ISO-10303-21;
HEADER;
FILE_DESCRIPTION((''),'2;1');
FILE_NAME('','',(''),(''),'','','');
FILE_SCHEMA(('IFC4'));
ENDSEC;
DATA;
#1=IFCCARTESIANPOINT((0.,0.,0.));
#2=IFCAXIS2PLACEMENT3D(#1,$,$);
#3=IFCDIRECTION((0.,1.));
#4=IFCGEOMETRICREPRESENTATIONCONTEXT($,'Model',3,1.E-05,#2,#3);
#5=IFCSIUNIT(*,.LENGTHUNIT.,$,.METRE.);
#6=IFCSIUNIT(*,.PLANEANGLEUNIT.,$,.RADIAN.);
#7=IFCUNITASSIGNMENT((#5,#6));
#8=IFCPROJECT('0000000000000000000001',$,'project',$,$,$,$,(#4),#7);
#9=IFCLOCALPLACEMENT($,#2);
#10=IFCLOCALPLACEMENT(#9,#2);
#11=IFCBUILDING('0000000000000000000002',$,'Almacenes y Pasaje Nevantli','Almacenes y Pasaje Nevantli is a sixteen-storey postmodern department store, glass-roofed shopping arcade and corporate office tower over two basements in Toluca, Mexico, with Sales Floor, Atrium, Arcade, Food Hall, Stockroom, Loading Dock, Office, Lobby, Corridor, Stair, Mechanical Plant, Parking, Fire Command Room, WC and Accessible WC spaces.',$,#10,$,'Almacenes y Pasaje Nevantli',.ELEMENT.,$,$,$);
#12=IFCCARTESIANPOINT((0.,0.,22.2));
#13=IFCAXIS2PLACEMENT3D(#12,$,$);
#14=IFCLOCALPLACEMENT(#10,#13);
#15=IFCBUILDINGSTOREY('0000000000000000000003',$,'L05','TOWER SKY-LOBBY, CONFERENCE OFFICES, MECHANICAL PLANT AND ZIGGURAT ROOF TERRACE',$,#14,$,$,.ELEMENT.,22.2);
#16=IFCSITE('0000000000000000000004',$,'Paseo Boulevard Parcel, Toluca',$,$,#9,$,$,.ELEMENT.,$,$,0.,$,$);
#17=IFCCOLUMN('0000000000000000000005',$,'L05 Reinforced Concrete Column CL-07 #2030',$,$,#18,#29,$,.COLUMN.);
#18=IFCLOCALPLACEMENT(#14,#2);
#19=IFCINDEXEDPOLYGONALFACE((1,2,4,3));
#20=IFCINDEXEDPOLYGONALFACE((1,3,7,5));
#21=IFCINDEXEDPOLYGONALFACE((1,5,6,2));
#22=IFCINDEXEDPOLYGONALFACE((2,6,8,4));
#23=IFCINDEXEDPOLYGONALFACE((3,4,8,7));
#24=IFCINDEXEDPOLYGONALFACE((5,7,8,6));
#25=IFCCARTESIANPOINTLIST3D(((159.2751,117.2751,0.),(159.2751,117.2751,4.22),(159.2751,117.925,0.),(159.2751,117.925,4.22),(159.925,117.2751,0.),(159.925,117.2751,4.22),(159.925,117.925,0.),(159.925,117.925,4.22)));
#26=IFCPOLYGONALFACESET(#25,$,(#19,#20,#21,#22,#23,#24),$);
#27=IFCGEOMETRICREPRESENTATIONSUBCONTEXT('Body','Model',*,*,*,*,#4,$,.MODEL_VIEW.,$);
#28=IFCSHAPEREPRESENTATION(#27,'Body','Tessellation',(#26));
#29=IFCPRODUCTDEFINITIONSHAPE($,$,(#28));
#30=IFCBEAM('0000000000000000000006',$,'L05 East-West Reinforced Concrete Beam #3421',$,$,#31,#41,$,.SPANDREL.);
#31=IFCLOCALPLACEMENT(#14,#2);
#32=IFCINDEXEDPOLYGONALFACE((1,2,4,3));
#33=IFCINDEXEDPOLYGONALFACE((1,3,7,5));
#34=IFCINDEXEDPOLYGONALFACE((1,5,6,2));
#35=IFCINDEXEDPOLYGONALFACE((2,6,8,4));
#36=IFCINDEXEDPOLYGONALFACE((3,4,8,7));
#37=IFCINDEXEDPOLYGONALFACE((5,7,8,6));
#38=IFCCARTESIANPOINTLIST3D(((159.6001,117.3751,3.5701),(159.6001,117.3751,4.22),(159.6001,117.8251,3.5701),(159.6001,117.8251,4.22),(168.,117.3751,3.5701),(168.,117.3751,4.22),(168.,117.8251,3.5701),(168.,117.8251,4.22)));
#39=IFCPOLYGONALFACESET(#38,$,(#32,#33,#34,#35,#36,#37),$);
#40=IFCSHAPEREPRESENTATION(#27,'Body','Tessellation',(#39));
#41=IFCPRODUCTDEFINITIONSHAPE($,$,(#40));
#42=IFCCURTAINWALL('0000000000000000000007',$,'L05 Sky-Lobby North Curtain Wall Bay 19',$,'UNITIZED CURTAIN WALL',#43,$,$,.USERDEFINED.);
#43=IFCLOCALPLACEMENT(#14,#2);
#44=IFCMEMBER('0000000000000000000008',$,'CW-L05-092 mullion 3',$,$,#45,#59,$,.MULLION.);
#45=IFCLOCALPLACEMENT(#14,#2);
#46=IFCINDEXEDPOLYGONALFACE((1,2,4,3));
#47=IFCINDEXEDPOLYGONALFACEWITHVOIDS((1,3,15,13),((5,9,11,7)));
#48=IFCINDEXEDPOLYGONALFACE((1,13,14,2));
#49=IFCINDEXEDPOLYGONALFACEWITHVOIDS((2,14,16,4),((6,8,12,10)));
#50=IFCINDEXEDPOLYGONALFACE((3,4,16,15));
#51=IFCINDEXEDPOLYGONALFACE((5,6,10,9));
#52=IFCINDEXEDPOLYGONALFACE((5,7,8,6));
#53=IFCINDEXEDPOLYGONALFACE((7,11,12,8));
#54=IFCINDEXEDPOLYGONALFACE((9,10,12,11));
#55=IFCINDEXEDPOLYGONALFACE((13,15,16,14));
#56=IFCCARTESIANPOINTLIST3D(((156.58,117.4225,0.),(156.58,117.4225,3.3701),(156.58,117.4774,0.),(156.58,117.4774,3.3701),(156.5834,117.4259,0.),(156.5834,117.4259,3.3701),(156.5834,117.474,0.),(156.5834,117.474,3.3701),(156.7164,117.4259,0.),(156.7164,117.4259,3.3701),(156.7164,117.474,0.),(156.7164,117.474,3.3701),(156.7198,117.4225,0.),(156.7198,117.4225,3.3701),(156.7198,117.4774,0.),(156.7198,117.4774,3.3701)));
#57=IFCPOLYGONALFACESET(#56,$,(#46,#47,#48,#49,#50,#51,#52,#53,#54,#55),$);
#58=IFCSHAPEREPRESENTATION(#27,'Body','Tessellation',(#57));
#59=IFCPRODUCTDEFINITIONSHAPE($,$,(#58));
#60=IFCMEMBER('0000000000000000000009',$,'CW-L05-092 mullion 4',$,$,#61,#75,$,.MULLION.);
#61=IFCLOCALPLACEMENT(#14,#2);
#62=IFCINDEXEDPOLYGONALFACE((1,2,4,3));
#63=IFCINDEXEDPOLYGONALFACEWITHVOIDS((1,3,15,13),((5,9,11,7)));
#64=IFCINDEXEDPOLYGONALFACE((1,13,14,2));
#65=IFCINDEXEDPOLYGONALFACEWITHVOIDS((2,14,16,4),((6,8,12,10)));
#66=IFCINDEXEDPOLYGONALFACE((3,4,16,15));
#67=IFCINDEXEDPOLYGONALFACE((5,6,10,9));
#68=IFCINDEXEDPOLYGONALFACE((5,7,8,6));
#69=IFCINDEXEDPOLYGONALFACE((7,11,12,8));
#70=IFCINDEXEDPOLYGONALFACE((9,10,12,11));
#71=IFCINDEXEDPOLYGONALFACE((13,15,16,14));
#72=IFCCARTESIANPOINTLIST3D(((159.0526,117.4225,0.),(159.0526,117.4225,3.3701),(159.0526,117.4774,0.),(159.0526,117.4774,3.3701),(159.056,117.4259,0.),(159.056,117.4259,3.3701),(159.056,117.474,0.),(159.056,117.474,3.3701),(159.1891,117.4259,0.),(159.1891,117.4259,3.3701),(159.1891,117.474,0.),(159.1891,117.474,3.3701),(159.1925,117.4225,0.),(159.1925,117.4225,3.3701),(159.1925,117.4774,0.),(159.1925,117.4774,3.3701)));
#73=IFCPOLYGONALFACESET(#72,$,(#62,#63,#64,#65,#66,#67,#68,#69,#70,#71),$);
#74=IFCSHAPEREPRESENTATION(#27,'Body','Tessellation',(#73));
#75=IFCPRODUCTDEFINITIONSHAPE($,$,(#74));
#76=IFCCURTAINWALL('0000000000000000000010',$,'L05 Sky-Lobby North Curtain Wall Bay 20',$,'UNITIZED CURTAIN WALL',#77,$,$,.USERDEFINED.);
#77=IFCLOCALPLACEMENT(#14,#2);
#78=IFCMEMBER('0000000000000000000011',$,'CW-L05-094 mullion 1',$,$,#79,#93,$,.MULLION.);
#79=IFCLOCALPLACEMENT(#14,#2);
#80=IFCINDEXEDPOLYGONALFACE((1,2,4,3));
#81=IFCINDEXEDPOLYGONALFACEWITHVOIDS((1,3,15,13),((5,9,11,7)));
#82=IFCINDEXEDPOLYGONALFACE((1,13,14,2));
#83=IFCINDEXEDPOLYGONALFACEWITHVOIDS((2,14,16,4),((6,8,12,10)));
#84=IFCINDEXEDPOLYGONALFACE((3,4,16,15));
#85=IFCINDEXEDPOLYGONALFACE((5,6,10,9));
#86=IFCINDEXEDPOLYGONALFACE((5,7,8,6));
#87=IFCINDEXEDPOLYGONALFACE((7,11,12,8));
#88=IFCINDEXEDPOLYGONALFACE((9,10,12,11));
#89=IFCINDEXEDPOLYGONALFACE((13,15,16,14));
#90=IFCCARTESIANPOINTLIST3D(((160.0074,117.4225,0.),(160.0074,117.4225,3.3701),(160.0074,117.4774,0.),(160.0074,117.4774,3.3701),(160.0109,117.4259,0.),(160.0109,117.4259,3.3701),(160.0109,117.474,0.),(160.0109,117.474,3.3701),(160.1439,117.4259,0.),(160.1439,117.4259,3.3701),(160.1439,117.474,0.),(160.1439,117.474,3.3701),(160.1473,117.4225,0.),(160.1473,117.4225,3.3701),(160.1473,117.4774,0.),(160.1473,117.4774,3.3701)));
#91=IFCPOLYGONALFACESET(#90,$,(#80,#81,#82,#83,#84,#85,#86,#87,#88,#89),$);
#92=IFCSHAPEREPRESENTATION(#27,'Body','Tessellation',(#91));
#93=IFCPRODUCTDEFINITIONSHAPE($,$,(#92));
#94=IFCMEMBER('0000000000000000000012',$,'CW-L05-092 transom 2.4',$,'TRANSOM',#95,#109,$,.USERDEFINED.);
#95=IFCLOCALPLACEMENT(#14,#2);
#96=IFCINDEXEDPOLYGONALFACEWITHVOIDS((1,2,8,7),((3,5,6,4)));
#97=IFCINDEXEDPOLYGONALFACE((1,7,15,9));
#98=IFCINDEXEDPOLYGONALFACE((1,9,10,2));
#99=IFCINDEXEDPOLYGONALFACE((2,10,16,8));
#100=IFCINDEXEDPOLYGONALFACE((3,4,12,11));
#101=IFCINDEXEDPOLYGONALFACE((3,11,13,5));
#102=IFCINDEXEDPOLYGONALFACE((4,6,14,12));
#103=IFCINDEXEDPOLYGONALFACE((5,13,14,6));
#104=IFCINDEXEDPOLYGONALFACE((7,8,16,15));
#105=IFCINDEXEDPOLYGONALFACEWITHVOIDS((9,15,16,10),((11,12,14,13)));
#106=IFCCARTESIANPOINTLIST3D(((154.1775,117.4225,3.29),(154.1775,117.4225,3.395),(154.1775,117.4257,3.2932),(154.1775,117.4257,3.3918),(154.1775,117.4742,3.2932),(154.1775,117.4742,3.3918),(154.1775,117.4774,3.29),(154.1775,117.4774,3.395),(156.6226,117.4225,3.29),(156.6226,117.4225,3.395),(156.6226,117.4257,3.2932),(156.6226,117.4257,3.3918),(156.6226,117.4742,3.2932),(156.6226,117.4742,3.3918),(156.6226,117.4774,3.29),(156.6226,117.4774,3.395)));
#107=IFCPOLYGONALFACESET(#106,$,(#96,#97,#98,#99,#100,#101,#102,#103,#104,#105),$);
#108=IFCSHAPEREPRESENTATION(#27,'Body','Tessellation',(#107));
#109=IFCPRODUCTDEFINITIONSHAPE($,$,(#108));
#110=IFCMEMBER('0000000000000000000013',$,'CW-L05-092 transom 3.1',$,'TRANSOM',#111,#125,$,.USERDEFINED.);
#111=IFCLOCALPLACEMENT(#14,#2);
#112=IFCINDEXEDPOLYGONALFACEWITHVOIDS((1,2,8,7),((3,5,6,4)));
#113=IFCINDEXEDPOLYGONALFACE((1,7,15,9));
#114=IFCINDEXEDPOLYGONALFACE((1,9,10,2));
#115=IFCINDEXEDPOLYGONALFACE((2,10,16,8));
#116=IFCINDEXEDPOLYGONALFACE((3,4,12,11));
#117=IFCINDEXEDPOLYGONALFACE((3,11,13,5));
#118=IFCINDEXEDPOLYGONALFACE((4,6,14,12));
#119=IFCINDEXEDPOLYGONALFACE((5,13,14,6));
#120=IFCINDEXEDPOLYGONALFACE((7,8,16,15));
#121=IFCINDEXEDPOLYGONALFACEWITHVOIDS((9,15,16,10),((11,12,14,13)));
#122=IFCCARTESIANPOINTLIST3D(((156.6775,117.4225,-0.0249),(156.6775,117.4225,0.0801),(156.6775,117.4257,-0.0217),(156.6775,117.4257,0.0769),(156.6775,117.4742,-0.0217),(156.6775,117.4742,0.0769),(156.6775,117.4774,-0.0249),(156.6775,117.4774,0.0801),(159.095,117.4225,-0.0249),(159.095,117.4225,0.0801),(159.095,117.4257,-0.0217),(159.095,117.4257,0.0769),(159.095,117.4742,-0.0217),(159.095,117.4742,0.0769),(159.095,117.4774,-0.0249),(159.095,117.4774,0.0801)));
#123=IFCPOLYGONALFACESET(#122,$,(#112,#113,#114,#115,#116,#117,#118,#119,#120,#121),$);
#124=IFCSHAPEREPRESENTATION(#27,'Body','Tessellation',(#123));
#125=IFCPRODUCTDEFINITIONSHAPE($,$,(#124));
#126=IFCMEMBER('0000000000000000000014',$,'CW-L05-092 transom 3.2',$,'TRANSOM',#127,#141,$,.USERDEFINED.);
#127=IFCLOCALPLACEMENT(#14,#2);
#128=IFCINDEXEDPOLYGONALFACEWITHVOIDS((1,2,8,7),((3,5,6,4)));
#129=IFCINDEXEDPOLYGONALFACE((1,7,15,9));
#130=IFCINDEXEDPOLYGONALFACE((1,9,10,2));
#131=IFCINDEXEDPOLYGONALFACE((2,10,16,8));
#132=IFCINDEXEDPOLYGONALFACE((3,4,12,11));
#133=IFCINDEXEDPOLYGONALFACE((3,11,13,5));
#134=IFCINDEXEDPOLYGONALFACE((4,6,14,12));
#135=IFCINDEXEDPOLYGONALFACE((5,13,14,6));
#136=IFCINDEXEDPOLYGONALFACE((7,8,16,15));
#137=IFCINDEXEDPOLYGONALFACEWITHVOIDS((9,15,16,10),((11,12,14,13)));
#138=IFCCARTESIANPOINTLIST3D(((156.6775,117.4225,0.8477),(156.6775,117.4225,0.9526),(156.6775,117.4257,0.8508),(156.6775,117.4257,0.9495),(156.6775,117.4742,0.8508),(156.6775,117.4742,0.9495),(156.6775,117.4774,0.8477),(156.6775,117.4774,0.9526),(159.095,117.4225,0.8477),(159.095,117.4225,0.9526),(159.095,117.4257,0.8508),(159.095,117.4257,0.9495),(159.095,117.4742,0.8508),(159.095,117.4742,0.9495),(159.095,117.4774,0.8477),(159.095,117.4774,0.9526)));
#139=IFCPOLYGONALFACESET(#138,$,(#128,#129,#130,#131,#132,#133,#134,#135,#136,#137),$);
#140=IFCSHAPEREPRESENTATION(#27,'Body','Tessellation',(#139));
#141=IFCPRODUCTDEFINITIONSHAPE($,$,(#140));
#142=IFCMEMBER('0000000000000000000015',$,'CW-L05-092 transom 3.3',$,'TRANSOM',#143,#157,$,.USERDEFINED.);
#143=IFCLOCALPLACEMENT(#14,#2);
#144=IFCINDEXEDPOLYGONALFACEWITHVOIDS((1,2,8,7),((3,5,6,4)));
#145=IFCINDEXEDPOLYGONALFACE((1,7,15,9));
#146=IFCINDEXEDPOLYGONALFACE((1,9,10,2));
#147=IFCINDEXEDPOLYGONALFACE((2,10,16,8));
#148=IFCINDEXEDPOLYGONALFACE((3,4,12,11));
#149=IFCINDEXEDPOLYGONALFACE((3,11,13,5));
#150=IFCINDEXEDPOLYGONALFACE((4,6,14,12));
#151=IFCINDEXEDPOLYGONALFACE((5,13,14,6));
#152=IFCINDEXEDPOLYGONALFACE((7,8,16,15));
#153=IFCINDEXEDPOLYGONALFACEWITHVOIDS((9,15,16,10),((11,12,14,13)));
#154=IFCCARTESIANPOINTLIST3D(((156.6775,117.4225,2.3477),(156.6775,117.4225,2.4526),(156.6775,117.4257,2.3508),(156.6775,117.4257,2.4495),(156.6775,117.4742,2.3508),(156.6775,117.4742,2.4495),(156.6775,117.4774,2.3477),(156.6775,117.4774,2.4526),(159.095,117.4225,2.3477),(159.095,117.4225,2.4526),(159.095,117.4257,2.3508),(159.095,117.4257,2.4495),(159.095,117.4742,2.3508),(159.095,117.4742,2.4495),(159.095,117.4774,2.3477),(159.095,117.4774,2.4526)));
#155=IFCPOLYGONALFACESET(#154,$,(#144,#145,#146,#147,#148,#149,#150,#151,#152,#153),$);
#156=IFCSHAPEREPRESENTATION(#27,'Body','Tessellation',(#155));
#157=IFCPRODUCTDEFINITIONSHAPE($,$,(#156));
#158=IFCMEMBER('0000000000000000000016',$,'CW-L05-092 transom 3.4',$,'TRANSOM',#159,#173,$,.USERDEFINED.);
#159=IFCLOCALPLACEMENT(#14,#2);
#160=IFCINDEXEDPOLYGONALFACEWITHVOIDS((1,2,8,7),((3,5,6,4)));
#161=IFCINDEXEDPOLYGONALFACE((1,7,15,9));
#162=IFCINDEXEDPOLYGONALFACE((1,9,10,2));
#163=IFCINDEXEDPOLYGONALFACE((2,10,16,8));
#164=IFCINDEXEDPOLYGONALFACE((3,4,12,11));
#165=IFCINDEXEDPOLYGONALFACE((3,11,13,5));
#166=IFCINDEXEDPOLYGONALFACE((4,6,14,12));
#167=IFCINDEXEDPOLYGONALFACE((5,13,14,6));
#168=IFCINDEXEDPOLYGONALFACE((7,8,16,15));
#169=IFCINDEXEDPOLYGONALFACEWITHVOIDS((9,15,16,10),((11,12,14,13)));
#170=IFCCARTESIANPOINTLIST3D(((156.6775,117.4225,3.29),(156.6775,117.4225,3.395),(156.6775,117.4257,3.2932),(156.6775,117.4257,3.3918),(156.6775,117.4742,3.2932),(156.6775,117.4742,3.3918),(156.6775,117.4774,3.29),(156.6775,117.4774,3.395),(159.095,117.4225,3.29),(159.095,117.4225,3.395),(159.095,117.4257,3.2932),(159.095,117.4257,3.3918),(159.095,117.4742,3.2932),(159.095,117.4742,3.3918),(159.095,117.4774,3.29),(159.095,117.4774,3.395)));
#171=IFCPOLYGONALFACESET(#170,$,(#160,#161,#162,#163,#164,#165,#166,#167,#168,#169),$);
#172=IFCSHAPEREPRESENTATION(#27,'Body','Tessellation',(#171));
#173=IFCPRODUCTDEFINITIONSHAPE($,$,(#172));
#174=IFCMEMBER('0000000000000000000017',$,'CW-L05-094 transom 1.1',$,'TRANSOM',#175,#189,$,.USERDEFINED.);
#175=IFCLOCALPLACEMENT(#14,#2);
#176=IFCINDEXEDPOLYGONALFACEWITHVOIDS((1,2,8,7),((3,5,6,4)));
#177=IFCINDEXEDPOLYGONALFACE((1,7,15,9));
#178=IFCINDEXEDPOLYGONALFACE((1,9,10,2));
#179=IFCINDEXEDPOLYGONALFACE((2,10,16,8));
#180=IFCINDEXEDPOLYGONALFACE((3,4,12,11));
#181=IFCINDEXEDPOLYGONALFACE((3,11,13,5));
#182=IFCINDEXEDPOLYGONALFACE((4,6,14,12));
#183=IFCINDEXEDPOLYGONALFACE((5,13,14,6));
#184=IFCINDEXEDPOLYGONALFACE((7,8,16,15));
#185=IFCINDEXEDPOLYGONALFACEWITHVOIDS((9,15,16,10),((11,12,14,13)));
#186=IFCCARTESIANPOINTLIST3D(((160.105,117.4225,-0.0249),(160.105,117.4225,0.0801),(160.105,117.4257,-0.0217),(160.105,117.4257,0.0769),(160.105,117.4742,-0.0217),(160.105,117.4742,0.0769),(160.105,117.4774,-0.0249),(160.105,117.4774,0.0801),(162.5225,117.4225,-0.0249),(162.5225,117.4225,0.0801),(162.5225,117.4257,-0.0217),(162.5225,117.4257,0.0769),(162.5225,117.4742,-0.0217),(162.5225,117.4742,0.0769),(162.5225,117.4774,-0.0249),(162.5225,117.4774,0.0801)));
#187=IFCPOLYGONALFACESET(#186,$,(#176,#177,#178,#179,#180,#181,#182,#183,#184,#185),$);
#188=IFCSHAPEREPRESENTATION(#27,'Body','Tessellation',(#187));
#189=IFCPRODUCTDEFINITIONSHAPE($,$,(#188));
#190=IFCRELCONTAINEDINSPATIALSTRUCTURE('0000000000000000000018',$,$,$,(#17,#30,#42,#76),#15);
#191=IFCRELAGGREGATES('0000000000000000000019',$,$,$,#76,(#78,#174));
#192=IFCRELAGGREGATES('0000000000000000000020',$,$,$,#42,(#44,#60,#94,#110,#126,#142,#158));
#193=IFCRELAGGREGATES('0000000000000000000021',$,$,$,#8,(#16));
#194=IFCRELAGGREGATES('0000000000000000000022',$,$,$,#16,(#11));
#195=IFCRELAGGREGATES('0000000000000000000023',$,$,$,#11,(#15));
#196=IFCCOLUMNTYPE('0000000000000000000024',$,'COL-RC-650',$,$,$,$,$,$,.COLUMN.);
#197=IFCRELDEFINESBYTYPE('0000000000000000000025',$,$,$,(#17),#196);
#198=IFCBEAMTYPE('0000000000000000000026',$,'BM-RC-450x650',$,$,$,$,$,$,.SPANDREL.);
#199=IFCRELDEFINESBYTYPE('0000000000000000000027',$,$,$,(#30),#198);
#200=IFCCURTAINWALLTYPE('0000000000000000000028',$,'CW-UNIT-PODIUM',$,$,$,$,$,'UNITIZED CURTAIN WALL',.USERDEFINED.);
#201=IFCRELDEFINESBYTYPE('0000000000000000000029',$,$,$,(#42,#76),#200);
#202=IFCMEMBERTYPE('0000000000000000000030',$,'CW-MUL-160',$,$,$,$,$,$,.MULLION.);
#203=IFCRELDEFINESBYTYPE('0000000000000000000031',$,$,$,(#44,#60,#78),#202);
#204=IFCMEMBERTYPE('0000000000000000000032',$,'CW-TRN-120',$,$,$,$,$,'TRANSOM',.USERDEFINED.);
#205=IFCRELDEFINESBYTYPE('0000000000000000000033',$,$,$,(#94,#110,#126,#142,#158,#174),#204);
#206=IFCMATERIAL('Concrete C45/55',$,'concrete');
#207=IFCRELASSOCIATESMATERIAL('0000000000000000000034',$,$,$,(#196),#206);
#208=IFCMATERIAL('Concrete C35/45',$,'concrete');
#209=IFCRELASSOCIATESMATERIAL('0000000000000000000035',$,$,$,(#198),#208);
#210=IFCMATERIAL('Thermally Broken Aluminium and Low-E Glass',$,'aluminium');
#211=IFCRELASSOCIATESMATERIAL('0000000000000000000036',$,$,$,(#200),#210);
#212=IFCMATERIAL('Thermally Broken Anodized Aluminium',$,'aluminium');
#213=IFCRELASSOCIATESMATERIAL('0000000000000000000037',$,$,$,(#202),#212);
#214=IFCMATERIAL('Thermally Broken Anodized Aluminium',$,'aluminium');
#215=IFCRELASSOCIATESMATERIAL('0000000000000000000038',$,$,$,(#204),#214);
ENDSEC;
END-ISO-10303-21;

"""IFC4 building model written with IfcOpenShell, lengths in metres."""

from ifc_helpers import new_model, si_unit, direction, frame, origin, origin_2d, place, context, subcontext, project, spatial, rectangle, hollow_rectangle, extrude, material, material_profile, profile_set, type_object, element, aggregate, save


model = new_model("IFC4")

# Units and contexts
model_context = context("Model", 3, precision=1e-05, world=origin(), true_north=direction((0.0, 1.0)))
body_context = subcontext(model_context, "Body", "Model", "MODEL_VIEW")
ifc_project = project(units=[si_unit("LENGTHUNIT", "METRE"), si_unit("PLANEANGLEUNIT", "RADIAN")], contexts=[model_context])

# Site, building, storey
site_placement = place(None, origin())
site = spatial("IfcSite", under=ifc_project, at=site_placement, Name="Paseo Boulevard Parcel, Toluca", CompositionType="ELEMENT", RefElevation=0.0)
building_placement = place(site_placement, origin())
building = spatial("IfcBuilding", under=site, at=building_placement, Name="Almacenes y Pasaje Nevantli", Description="Almacenes y Pasaje Nevantli is a sixteen-storey postmodern department store, glass-roofed shopping arcade and corporate office tower over two basements in Toluca, Mexico, with Sales Floor, Atrium, Arcade, Food Hall, Stockroom, Loading Dock, Office, Lobby, Corridor, Stair, Mechanical Plant, Parking, Fire Command Room, WC and Accessible WC spaces.", LongName="Almacenes y Pasaje Nevantli", CompositionType="ELEMENT")
storey_placement = place(building_placement, frame((0.0, 0.0, 22.2)))
storey = spatial("IfcBuildingStorey", under=building, at=storey_placement, Name="L05", Description="TOWER SKY-LOBBY, CONFERENCE OFFICES, MECHANICAL PLANT AND ZIGGURAT ROOF TERRACE", CompositionType="ELEMENT", Elevation=22.2)

# Column
ifc_material_1 = material(Name="Concrete C45/55", Category="concrete")
ifc_material_profile_1 = material_profile(ifc_material_1, rectangle(XDim=0.6499, YDim=0.6499, at=origin_2d()), Name="RC-COL-650x650")
ifc_profile_set_1 = profile_set([ifc_material_profile_1], Name="Concrete C45/55")
column_type = type_object("IfcColumnType", Name="COL-RC-650", PredefinedType="COLUMN", material=ifc_profile_set_1)
column_placement = place(storey_placement, frame((159.6001, 117.6001, 0.0), z_axis=(0.0, 0.0, 1.0), x_axis=(1.0, 0.0, 0.0)))
element("IfcColumn", 1, at=column_placement, inside=storey, type_object=column_type, Name="L05 Reinforced Concrete Column CL-07 #2030", PredefinedType="COLUMN", context=body_context, shape_type="SweptSolid", body=[
    extrude(rectangle(XDim=0.6499, YDim=0.6499, at=origin_2d()), origin(), (0.0, 0.0, 1.0), 4.22),
])

# Beam
ifc_material_2 = material(Name="Concrete C35/45", Category="concrete")
ifc_material_profile_2 = material_profile(ifc_material_2, rectangle(XDim=0.45, YDim=0.6499, at=origin_2d()), Name="RC-BM-450x650")
ifc_profile_set_2 = profile_set([ifc_material_profile_2], Name="Concrete C35/45")
beam_type = type_object("IfcBeamType", Name="BM-RC-450x650", PredefinedType="SPANDREL", material=ifc_profile_set_2)
beam_placement = place(storey_placement, frame((159.6001, 117.6001, 3.895), z_axis=(1.0, 0.0, 0.0), x_axis=(0.0, 1.0, 0.0)))
element("IfcBeam", 2, at=beam_placement, inside=storey, type_object=beam_type, Name="L05 East-West Reinforced Concrete Beam #3421", PredefinedType="SPANDREL", context=body_context, shape_type="SweptSolid", body=[
    extrude(rectangle(XDim=0.45, YDim=0.6499, at=origin_2d()), origin(), (0.0, 0.0, 1.0), 8.3999),
])

# Curtain wall, members
ifc_material_3 = material(Name="Thermally Broken Aluminium and Low-E Glass", Category="aluminium")
curtain_wall_type = type_object("IfcCurtainWallType", Name="CW-UNIT-PODIUM", ElementType="UNITIZED CURTAIN WALL", PredefinedType="USERDEFINED", material=ifc_material_3)
curtain_wall_1_placement = place(storey_placement, origin())
curtain_wall_1 = element("IfcCurtainWall", 3, at=curtain_wall_1_placement, inside=storey, type_object=curtain_wall_type, Name="L05 Sky-Lobby North Curtain Wall Bay 19", ObjectType="UNITIZED CURTAIN WALL", PredefinedType="USERDEFINED")
ifc_material_4 = material(Name="Thermally Broken Anodized Aluminium", Category="aluminium")
ifc_material_profile_3 = material_profile(ifc_material_4, hollow_rectangle(XDim=0.0549, YDim=0.1399, WallThickness=0.0034, at=origin_2d()), Name="ALU-MUL-55x140")
ifc_profile_set_3 = profile_set([ifc_material_profile_3], Name="Thermally Broken Anodized Aluminium")
member_type_1 = type_object("IfcMemberType", Name="CW-MUL-160", PredefinedType="MULLION", material=ifc_profile_set_3)
member_1_placement = place(storey_placement, frame((156.6499, 117.45, 0.0), z_axis=(0.0, 0.0, 1.0), x_axis=(0.0, 1.0, 0.0)))
member_1 = element("IfcMember", 4, at=member_1_placement, type_object=member_type_1, Name="CW-L05-092 mullion 3", PredefinedType="MULLION", context=body_context, shape_type="SweptSolid", body=[
    extrude(hollow_rectangle(XDim=0.0549, YDim=0.1399, WallThickness=0.0034, at=origin_2d()), origin(), (0.0, 0.0, 1.0), 3.3701),
])
member_2_placement = place(storey_placement, frame((159.1226, 117.45, 0.0), z_axis=(0.0, 0.0, 1.0), x_axis=(0.0, 1.0, 0.0)))
member_2 = element("IfcMember", 5, at=member_2_placement, type_object=member_type_1, Name="CW-L05-092 mullion 4", PredefinedType="MULLION", context=body_context, shape_type="SweptSolid", body=[
    extrude(hollow_rectangle(XDim=0.0549, YDim=0.1399, WallThickness=0.0034, at=origin_2d()), origin(), (0.0, 0.0, 1.0), 3.3701),
])

# Curtain wall, member
curtain_wall_2_placement = place(storey_placement, origin())
curtain_wall_2 = element("IfcCurtainWall", 6, at=curtain_wall_2_placement, inside=storey, type_object=curtain_wall_type, Name="L05 Sky-Lobby North Curtain Wall Bay 20", ObjectType="UNITIZED CURTAIN WALL", PredefinedType="USERDEFINED")
member_3_placement = place(storey_placement, frame((160.0774, 117.45, 0.0), z_axis=(0.0, 0.0, 1.0), x_axis=(0.0, 1.0, 0.0)))
member_3 = element("IfcMember", 7, at=member_3_placement, type_object=member_type_1, Name="CW-L05-094 mullion 1", PredefinedType="MULLION", context=body_context, shape_type="SweptSolid", body=[
    extrude(hollow_rectangle(XDim=0.0549, YDim=0.1399, WallThickness=0.0034, at=origin_2d()), origin(), (0.0, 0.0, 1.0), 3.3701),
])

# Members
ifc_material_5 = material(Name="Thermally Broken Anodized Aluminium", Category="aluminium")
ifc_material_profile_4 = material_profile(ifc_material_5, hollow_rectangle(XDim=0.0549, YDim=0.105, WallThickness=0.0032, at=origin_2d()), Name="ALU-TRN-55x105")
ifc_profile_set_4 = profile_set([ifc_material_profile_4], Name="Thermally Broken Anodized Aluminium")
member_type_2 = type_object("IfcMemberType", Name="CW-TRN-120", ElementType="TRANSOM", PredefinedType="USERDEFINED", material=ifc_profile_set_4)
member_4_placement = place(storey_placement, frame((154.1775, 117.45, 3.3425), z_axis=(1.0, 0.0, 0.0), x_axis=(0.0, 1.0, 0.0)))
member_4 = element("IfcMember", 8, at=member_4_placement, type_object=member_type_2, Name="CW-L05-092 transom 2.4", ObjectType="TRANSOM", PredefinedType="USERDEFINED", context=body_context, shape_type="SweptSolid", body=[
    extrude(hollow_rectangle(XDim=0.0549, YDim=0.105, WallThickness=0.0032, at=origin_2d()), origin(), (0.0, 0.0, 1.0), 2.4451),
])
member_5_placement = place(storey_placement, frame((156.6775, 117.45, 0.0276), z_axis=(1.0, 0.0, 0.0), x_axis=(0.0, 1.0, 0.0)))
member_5 = element("IfcMember", 9, at=member_5_placement, type_object=member_type_2, Name="CW-L05-092 transom 3.1", ObjectType="TRANSOM", PredefinedType="USERDEFINED", context=body_context, shape_type="SweptSolid", body=[
    extrude(hollow_rectangle(XDim=0.0549, YDim=0.105, WallThickness=0.0032, at=origin_2d()), origin(), (0.0, 0.0, 1.0), 2.4175),
])
member_6_placement = place(storey_placement, frame((156.6775, 117.45, 0.9001), z_axis=(1.0, 0.0, 0.0), x_axis=(0.0, 1.0, 0.0)))
member_6 = element("IfcMember", 10, at=member_6_placement, type_object=member_type_2, Name="CW-L05-092 transom 3.2", ObjectType="TRANSOM", PredefinedType="USERDEFINED", context=body_context, shape_type="SweptSolid", body=[
    extrude(hollow_rectangle(XDim=0.0549, YDim=0.105, WallThickness=0.0032, at=origin_2d()), origin(), (0.0, 0.0, 1.0), 2.4175),
])
member_7_placement = place(storey_placement, frame((156.6775, 117.45, 2.4001), z_axis=(1.0, 0.0, 0.0), x_axis=(0.0, 1.0, 0.0)))
member_7 = element("IfcMember", 11, at=member_7_placement, type_object=member_type_2, Name="CW-L05-092 transom 3.3", ObjectType="TRANSOM", PredefinedType="USERDEFINED", context=body_context, shape_type="SweptSolid", body=[
    extrude(hollow_rectangle(XDim=0.0549, YDim=0.105, WallThickness=0.0032, at=origin_2d()), origin(), (0.0, 0.0, 1.0), 2.4175),
])
member_8_placement = place(storey_placement, frame((156.6775, 117.45, 3.3425), z_axis=(1.0, 0.0, 0.0), x_axis=(0.0, 1.0, 0.0)))
member_8 = element("IfcMember", 12, at=member_8_placement, type_object=member_type_2, Name="CW-L05-092 transom 3.4", ObjectType="TRANSOM", PredefinedType="USERDEFINED", context=body_context, shape_type="SweptSolid", body=[
    extrude(hollow_rectangle(XDim=0.0549, YDim=0.105, WallThickness=0.0032, at=origin_2d()), origin(), (0.0, 0.0, 1.0), 2.4175),
])
member_9_placement = place(storey_placement, frame((160.105, 117.45, 0.0276), z_axis=(1.0, 0.0, 0.0), x_axis=(0.0, 1.0, 0.0)))
member_9 = element("IfcMember", 13, at=member_9_placement, type_object=member_type_2, Name="CW-L05-094 transom 1.1", ObjectType="TRANSOM", PredefinedType="USERDEFINED", context=body_context, shape_type="SweptSolid", body=[
    extrude(hollow_rectangle(XDim=0.0549, YDim=0.105, WallThickness=0.0032, at=origin_2d()), origin(), (0.0, 0.0, 1.0), 2.4175),
])
aggregate(curtain_wall_2, [member_3, member_9])

aggregate(curtain_wall_1, [member_1, member_2, member_4, member_5, member_6, member_7, member_8])

save(model, "model.ifc")
